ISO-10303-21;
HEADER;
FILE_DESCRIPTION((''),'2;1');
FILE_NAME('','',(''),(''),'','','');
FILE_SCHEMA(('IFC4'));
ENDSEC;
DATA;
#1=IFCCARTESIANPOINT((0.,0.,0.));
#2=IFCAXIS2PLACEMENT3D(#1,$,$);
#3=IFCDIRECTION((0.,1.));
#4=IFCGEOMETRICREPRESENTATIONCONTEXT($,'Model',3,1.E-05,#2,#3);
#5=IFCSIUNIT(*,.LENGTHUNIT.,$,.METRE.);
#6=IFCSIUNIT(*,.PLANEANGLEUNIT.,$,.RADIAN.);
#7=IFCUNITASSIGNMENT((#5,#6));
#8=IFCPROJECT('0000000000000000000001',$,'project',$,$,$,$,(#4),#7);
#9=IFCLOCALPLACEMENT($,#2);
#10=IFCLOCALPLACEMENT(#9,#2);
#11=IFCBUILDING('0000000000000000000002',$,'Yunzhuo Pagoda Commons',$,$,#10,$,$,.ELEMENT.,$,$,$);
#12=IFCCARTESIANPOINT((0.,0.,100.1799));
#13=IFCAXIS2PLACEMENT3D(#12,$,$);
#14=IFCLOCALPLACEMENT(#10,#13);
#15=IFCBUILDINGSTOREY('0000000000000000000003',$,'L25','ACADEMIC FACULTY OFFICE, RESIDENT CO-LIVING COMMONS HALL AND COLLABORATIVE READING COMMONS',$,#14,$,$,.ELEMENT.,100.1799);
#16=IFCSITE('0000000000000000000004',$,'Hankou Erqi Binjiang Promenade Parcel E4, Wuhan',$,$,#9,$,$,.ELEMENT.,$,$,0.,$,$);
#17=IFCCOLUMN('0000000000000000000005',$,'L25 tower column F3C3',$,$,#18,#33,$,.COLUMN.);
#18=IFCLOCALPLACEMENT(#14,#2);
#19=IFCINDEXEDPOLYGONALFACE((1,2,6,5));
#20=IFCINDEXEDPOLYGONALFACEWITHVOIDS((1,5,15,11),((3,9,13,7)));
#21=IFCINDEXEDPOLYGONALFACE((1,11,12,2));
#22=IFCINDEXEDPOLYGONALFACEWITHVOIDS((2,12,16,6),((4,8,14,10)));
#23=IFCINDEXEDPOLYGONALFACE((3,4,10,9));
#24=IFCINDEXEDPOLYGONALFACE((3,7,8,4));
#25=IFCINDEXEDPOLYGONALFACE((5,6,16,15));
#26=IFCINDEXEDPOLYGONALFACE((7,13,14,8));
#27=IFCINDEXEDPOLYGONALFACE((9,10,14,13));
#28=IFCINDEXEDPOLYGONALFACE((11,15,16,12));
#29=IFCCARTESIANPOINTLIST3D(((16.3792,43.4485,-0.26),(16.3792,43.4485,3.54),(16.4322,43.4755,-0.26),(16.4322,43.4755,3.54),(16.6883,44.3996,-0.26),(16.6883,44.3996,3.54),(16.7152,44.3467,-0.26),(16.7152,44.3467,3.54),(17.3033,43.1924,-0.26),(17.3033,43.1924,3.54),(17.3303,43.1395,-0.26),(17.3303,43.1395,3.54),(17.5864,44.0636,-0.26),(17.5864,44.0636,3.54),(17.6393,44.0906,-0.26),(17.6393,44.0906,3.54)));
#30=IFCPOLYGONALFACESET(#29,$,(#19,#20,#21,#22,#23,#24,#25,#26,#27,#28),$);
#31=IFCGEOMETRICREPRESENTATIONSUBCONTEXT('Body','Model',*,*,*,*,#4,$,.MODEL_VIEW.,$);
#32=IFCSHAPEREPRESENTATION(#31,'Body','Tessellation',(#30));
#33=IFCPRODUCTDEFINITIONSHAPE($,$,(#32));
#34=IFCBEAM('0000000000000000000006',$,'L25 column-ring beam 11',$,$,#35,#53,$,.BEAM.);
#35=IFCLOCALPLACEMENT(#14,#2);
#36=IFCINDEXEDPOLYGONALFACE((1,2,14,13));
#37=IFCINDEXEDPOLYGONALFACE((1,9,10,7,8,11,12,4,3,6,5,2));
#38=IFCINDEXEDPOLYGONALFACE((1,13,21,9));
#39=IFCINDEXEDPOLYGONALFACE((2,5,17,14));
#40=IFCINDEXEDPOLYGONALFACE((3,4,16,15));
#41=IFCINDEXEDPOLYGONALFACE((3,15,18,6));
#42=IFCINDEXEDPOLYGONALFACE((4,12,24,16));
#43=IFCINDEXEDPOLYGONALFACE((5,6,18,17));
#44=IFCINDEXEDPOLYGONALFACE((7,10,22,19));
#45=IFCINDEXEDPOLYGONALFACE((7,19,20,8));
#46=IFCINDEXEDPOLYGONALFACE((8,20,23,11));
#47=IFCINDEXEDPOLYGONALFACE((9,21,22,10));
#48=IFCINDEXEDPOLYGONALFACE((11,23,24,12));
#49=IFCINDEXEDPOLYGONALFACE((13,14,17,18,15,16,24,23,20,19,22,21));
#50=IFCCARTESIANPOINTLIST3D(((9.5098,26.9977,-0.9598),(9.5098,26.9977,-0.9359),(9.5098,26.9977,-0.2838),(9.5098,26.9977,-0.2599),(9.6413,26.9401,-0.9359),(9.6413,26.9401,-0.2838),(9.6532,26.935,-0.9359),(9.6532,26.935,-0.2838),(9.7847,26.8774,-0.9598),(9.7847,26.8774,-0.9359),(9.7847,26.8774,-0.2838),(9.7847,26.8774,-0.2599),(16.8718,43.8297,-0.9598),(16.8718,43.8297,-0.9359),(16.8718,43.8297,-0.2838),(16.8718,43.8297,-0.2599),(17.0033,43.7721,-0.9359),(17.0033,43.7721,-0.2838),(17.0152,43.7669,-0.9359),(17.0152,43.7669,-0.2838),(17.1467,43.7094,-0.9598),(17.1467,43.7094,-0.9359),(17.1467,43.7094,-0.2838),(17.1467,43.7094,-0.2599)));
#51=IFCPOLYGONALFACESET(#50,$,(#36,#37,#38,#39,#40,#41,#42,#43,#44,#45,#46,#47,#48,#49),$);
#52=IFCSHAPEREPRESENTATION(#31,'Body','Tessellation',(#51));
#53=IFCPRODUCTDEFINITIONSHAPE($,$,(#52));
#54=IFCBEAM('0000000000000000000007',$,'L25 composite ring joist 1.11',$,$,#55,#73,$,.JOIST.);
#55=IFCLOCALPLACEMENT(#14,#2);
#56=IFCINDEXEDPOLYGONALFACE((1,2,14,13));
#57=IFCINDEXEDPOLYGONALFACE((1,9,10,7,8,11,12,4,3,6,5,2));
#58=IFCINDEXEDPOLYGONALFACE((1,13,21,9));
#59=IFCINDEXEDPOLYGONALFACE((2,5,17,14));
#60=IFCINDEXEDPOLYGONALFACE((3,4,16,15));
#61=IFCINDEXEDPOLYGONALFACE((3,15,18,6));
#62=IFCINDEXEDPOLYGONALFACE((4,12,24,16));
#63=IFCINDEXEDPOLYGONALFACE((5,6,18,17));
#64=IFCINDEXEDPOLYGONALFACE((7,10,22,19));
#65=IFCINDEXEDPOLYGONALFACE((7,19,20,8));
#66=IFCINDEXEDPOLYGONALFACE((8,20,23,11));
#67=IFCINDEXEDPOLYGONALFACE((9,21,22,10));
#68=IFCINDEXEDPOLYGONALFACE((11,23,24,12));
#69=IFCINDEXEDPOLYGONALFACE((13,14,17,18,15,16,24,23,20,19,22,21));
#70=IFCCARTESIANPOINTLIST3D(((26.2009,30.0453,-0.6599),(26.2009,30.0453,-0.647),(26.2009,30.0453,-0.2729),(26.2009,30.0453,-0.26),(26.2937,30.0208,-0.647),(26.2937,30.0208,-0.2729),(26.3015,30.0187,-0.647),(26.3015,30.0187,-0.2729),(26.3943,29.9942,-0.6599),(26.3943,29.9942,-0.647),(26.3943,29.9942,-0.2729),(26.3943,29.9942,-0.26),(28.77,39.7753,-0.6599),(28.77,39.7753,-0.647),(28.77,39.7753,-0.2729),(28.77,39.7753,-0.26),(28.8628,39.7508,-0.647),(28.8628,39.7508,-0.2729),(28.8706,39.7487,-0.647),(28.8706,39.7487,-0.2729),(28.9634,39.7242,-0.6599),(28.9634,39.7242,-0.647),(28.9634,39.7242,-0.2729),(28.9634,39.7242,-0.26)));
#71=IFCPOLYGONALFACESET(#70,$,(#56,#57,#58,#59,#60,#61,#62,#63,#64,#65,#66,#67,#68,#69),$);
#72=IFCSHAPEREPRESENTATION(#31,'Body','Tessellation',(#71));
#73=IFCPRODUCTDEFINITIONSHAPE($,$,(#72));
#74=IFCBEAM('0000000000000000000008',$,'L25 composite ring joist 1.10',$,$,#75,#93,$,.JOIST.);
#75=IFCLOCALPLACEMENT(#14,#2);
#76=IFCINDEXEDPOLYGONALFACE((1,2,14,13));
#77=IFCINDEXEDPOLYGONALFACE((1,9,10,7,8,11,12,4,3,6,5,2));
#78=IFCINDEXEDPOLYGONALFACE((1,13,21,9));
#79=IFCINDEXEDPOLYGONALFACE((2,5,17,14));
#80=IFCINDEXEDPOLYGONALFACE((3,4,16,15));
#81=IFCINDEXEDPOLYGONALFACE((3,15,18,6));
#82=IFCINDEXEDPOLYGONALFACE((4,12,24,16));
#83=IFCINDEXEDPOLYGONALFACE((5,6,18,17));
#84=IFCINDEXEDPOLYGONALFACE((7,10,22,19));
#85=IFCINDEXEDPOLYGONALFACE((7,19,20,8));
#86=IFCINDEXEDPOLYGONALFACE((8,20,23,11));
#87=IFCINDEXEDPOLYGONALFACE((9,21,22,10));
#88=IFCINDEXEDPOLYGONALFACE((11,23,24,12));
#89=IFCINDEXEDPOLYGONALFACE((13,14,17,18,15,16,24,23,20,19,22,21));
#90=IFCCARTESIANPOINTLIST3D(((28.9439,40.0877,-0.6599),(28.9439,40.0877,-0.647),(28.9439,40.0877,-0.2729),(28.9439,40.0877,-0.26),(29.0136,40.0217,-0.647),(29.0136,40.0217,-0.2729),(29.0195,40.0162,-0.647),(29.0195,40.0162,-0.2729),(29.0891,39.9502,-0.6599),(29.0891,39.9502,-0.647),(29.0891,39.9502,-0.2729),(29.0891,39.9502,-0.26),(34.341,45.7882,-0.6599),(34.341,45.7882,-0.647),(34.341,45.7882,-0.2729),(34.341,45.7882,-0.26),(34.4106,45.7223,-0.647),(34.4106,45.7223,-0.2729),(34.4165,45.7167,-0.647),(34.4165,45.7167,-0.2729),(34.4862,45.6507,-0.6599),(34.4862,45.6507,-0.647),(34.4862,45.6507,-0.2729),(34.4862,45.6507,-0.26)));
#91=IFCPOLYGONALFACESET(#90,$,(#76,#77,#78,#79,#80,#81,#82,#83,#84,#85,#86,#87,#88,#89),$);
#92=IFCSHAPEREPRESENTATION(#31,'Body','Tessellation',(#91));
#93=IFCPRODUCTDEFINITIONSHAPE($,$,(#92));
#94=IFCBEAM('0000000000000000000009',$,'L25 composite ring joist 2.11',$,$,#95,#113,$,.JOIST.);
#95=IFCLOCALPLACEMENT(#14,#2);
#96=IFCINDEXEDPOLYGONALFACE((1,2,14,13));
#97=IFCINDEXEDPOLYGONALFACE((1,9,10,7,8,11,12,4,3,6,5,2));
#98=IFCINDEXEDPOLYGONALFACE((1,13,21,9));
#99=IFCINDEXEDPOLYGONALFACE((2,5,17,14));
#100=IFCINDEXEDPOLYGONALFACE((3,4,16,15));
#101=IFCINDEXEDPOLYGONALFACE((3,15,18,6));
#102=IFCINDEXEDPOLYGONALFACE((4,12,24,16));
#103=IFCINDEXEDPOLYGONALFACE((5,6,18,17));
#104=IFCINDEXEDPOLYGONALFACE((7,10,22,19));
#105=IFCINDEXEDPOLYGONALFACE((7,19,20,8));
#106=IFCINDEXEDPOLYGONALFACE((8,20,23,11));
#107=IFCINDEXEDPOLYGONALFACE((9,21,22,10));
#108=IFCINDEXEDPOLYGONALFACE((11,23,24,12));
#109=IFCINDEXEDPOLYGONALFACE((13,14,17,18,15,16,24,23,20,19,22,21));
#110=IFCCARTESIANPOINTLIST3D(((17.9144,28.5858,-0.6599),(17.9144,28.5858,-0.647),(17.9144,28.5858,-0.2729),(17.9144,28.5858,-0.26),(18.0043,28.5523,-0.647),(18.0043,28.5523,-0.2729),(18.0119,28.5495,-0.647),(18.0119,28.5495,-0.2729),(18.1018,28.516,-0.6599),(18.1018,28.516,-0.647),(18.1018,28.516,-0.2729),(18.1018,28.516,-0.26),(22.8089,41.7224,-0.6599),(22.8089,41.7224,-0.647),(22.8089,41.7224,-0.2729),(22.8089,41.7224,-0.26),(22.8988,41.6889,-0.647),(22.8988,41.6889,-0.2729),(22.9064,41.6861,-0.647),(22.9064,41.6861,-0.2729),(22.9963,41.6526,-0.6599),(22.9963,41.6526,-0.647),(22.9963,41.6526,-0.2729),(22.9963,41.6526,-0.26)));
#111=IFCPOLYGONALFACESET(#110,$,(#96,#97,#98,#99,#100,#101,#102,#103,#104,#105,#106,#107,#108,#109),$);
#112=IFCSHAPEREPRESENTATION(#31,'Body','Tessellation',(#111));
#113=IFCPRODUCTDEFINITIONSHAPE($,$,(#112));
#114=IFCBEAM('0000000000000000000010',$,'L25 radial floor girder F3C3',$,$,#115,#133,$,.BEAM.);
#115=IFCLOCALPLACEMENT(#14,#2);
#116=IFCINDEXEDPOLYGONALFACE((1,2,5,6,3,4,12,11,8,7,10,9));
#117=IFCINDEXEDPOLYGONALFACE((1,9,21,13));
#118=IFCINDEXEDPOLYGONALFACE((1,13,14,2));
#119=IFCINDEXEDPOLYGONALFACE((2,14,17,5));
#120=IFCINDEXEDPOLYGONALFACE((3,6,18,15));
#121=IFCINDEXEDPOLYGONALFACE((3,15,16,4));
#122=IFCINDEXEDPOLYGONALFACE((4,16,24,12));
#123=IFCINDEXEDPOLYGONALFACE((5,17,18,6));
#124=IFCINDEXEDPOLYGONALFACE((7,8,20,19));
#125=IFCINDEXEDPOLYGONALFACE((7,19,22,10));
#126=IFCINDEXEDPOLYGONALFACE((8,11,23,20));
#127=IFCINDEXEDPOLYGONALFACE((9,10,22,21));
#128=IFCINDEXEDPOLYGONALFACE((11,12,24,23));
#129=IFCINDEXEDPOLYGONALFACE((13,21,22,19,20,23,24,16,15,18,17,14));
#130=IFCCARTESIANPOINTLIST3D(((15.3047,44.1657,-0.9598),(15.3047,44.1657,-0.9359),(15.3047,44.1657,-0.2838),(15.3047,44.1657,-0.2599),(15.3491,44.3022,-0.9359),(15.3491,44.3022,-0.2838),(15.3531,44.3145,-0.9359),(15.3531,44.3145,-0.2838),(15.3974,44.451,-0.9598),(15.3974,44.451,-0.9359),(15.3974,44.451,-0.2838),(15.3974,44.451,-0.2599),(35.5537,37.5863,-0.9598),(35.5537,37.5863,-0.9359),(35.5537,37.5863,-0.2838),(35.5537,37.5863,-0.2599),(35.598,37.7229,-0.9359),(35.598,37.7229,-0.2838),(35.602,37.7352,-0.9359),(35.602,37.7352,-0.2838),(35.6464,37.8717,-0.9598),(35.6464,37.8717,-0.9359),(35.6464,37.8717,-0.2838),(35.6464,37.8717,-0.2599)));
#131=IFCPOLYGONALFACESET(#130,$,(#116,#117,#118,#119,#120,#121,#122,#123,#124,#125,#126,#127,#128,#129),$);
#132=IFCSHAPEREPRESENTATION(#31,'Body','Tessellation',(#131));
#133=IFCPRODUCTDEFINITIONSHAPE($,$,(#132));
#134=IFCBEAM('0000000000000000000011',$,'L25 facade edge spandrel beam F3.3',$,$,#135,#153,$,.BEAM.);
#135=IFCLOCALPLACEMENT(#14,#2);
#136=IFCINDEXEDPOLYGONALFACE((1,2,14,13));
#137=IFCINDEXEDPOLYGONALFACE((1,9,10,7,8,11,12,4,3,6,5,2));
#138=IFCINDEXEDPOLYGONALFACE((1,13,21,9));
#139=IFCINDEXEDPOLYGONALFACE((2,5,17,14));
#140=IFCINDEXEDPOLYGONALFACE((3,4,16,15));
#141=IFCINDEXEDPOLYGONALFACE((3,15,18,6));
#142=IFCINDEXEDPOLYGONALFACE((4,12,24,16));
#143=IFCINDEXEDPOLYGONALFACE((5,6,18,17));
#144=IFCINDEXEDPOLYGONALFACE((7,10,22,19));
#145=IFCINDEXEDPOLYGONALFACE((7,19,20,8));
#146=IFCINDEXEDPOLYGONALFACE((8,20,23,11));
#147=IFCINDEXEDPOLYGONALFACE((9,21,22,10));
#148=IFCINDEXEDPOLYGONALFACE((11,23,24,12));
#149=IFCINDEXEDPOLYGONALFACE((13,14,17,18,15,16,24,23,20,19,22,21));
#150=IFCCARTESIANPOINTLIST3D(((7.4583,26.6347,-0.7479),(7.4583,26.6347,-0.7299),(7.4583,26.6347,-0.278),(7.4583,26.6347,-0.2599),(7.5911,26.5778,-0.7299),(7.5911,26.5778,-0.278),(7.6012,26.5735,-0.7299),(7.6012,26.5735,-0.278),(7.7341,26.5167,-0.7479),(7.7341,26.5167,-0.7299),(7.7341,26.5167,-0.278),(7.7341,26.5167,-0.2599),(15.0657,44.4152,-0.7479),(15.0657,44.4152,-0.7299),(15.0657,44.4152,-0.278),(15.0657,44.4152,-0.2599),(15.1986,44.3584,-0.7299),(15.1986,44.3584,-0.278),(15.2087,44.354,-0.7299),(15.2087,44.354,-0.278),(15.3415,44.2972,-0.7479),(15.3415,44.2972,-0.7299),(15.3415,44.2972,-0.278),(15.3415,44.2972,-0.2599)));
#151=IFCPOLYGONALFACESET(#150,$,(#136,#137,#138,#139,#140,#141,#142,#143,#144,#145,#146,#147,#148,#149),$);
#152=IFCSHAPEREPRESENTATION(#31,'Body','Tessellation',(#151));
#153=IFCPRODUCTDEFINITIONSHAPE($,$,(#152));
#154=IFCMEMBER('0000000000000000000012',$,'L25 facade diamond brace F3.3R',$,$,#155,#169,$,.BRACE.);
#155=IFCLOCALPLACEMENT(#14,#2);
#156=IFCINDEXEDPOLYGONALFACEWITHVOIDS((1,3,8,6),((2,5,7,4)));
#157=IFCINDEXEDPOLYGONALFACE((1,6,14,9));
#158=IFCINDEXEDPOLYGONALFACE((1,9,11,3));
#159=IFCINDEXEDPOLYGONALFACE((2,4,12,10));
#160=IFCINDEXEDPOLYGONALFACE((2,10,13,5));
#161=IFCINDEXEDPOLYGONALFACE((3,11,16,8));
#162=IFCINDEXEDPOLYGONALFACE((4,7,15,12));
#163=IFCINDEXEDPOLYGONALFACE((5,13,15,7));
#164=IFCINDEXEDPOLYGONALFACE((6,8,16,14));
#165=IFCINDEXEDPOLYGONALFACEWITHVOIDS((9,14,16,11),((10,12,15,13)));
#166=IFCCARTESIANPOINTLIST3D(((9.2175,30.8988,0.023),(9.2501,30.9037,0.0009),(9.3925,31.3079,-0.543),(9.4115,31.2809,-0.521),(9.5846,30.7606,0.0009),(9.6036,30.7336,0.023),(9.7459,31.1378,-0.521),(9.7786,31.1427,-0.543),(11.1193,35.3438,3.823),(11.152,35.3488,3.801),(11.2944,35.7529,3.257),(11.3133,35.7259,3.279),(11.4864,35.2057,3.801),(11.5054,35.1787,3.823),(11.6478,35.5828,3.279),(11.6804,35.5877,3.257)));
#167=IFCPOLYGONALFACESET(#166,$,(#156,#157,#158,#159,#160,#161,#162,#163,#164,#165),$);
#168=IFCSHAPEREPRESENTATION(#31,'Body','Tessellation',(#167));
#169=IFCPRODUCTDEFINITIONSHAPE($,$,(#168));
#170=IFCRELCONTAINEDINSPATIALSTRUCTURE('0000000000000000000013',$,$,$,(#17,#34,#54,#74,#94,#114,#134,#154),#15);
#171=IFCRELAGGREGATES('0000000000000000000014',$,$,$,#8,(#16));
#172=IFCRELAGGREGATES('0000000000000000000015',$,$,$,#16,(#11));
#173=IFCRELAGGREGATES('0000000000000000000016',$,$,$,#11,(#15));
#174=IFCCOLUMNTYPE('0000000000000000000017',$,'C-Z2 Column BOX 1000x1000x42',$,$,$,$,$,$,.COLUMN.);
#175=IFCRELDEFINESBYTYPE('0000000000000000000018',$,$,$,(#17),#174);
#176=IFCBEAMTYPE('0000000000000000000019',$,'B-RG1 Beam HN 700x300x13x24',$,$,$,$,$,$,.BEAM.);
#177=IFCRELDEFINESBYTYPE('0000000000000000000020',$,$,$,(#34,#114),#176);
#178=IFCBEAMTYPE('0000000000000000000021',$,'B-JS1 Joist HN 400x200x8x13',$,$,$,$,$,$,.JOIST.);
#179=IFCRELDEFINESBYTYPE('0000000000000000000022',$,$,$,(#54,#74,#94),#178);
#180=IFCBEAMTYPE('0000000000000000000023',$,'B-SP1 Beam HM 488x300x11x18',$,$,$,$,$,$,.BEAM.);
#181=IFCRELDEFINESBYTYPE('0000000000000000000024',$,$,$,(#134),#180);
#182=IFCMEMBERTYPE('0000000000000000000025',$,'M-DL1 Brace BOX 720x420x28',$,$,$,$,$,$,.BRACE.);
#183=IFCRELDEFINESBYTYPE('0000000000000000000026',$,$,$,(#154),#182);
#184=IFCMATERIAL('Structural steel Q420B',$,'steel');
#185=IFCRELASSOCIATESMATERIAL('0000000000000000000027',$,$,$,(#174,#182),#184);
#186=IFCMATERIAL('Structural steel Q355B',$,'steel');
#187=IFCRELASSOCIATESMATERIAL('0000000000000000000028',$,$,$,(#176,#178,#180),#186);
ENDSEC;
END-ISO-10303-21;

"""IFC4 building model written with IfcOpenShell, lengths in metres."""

from ifc_helpers import new_model, si_unit, direction, frame, origin, origin_2d, place, context, subcontext, project, spatial, hollow_rectangle, i_section, extrude, source, transform, mapped, material, material_profile, profile_set, type_object, element, save


model = new_model("IFC4")

# Units and contexts
model_context = context("Model", 3, precision=1e-05, world=origin(), true_north=direction((0.0, 1.0)))
body_context = subcontext(model_context, "Body", "Model", "MODEL_VIEW")
ifc_project = project(units=[si_unit("LENGTHUNIT", "METRE"), si_unit("PLANEANGLEUNIT", "RADIAN")], contexts=[model_context])

# Site, building, storey
site_placement = place(None, origin())
site = spatial("IfcSite", under=ifc_project, at=site_placement, Name="Hankou Erqi Binjiang Promenade Parcel E4, Wuhan", CompositionType="ELEMENT", RefElevation=0.0)
building_placement = place(site_placement, origin())
building = spatial("IfcBuilding", under=site, at=building_placement, Name="Yunzhuo Pagoda Commons", CompositionType="ELEMENT")
storey_placement = place(building_placement, frame((0.0, 0.0, 100.1799)))
storey = spatial("IfcBuildingStorey", under=building, at=storey_placement, Name="L25", Description="ACADEMIC FACULTY OFFICE, RESIDENT CO-LIVING COMMONS HALL AND COLLABORATIVE READING COMMONS", CompositionType="ELEMENT", Elevation=100.1799)

# Column
ifc_material_1 = material(Name="Structural steel Q420B", Category="steel")
ifc_material_profile_1 = material_profile(ifc_material_1, hollow_rectangle(XDim=1.0, YDim=1.0, WallThickness=0.042, at=origin_2d()), Name="Structural steel Q420B")
ifc_profile_set_1 = profile_set([ifc_material_profile_1], Name="Structural steel Q420B")
column_type = type_object("IfcColumnType", Name="C-Z2 Column BOX 1000x1000x42", PredefinedType="COLUMN", material=ifc_profile_set_1)
shared_shape_1 = source(origin(), body_context, "Body", "SweptSolid", [
    extrude(hollow_rectangle(XDim=1.0, YDim=1.0, WallThickness=0.042, at=origin_2d()), origin(), (0.0, 0.0, 1.0), 3.8),
])
column_placement = place(storey_placement, frame((17.0093, 43.7695, -0.26), z_axis=(0.0, 0.0, 1.0), x_axis=(-0.309017, -0.951057, 0.0)))
element("IfcColumn", 1, at=column_placement, inside=storey, type_object=column_type, Name="L25 tower column F3C3", PredefinedType="COLUMN", context=body_context, shape_type="MappedRepresentation", body=[
    mapped(shared_shape_1, transform((0.0, 0.0, 0.0), scale=1.0)),
])

# Beams
ifc_material_2 = material(Name="Structural steel Q355B", Category="steel")
ifc_material_profile_2 = material_profile(ifc_material_2, i_section(OverallWidth=0.3, OverallDepth=0.7, WebThickness=0.0129, FlangeThickness=0.0239, at=origin_2d()), Name="Structural steel Q355B")
ifc_profile_set_2 = profile_set([ifc_material_profile_2], Name="Structural steel Q355B")
beam_type_1 = type_object("IfcBeamType", Name="B-RG1 Beam HN 700x300x13x24", PredefinedType="BEAM", material=ifc_profile_set_2)
shared_shape_2 = source(origin(), body_context, "Body", "SweptSolid", [
    extrude(i_section(OverallWidth=0.3, OverallDepth=0.7, WebThickness=0.0129, FlangeThickness=0.0239, at=origin_2d()), origin(), (0.0, 0.0, 1.0), 18.3716),
])
beam_1_placement = place(storey_placement, frame((17.0093, 43.7695, -0.6099), z_axis=(-0.40073, -0.916196, 0.0), x_axis=(0.916196, -0.40073, 0.0)))
element("IfcBeam", 2, at=beam_1_placement, inside=storey, type_object=beam_type_1, Name="L25 column-ring beam 11", PredefinedType="BEAM", context=body_context, shape_type="MappedRepresentation", body=[
    mapped(shared_shape_2, transform((0.0, 0.0, 0.0), scale=1.0)),
])
ifc_material_profile_3 = material_profile(ifc_material_2, i_section(OverallWidth=0.2, OverallDepth=0.3999, WebThickness=0.0081, FlangeThickness=0.0129, at=origin_2d()), Name="Structural steel Q355B")
ifc_profile_set_3 = profile_set([ifc_material_profile_3], Name="Structural steel Q355B")
beam_type_2 = type_object("IfcBeamType", Name="B-JS1 Joist HN 400x200x8x13", PredefinedType="JOIST", material=ifc_profile_set_3)
shared_shape_3 = source(origin(), body_context, "Body", "SweptSolid", [
    extrude(i_section(OverallWidth=0.2, OverallDepth=0.3999, WebThickness=0.0081, FlangeThickness=0.0129, at=origin_2d()), origin(), (0.0, 0.0, 1.0), 10.0635),
])
beam_2_placement = place(storey_placement, frame((28.8667, 39.7498, -0.46), z_axis=(-0.25529, -0.966865, 0.0), x_axis=(0.966865, -0.25529, 0.0)))
element("IfcBeam", 3, at=beam_2_placement, inside=storey, type_object=beam_type_2, Name="L25 composite ring joist 1.11", PredefinedType="JOIST", context=body_context, shape_type="MappedRepresentation", body=[
    mapped(shared_shape_3, transform((0.0, 0.0, 0.0), scale=1.0)),
])
shared_shape_4 = source(origin(), body_context, "Body", "SweptSolid", [
    extrude(i_section(OverallWidth=0.2, OverallDepth=0.3999, WebThickness=0.0081, FlangeThickness=0.0129, at=origin_2d()), origin(), (0.0, 0.0, 1.0), 7.8501),
])
beam_3_placement = place(storey_placement, frame((34.4136, 45.7195, -0.46), z_axis=(-0.687513, -0.726172, 0.0), x_axis=(0.726172, -0.687513, 0.0)))
element("IfcBeam", 4, at=beam_3_placement, inside=storey, type_object=beam_type_2, Name="L25 composite ring joist 1.10", PredefinedType="JOIST", context=body_context, shape_type="MappedRepresentation", body=[
    mapped(shared_shape_4, transform((0.0, 0.0, 0.0), scale=1.0)),
])
shared_shape_5 = source(origin(), body_context, "Body", "SweptSolid", [
    extrude(i_section(OverallWidth=0.2, OverallDepth=0.3999, WebThickness=0.0081, FlangeThickness=0.0129, at=origin_2d()), origin(), (0.0, 0.0, 1.0), 14.0188),
])
beam_4_placement = place(storey_placement, frame((22.9026, 41.6875, -0.46), z_axis=(-0.349138, -0.937071, 0.0), x_axis=(0.937071, -0.349138, 0.0)))
element("IfcBeam", 5, at=beam_4_placement, inside=storey, type_object=beam_type_2, Name="L25 composite ring joist 2.11", PredefinedType="JOIST", context=body_context, shape_type="MappedRepresentation", body=[
    mapped(shared_shape_5, transform((0.0, 0.0, 0.0), scale=1.0)),
])
shared_shape_6 = source(origin(), body_context, "Body", "SweptSolid", [
    extrude(i_section(OverallWidth=0.3, OverallDepth=0.7, WebThickness=0.0129, FlangeThickness=0.0239, at=origin_2d()), origin(), (0.0, 0.0, 1.0), 21.291),
])
beam_5_placement = place(storey_placement, frame((15.3511, 44.3083, -0.6099), z_axis=(0.951056, -0.309019, 0.0), x_axis=(0.309019, 0.951056, 0.0)))
element("IfcBeam", 6, at=beam_5_placement, inside=storey, type_object=beam_type_1, Name="L25 radial floor girder F3C3", PredefinedType="BEAM", context=body_context, shape_type="MappedRepresentation", body=[
    mapped(shared_shape_6, transform((0.0, 0.0, 0.0), scale=1.0)),
])
ifc_material_profile_4 = material_profile(ifc_material_2, i_section(OverallWidth=0.3, OverallDepth=0.488, WebThickness=0.011, FlangeThickness=0.0181, at=origin_2d()), Name="Structural steel Q355B")
ifc_profile_set_4 = profile_set([ifc_material_profile_4], Name="Structural steel Q355B")
beam_type_3 = type_object("IfcBeamType", Name="B-SP1 Beam HM 488x300x11x18", PredefinedType="BEAM", material=ifc_profile_set_4)
shared_shape_7 = source(origin(), body_context, "Body", "SweptSolid", [
    extrude(i_section(OverallWidth=0.3, OverallDepth=0.488, WebThickness=0.011, FlangeThickness=0.0181, at=origin_2d()), origin(), (0.0, 0.0, 1.0), 19.3396),
])
beam_6_placement = place(storey_placement, frame((15.2036, 44.3562, -0.5039), z_axis=(-0.39336, -0.919384, 0.0), x_axis=(0.919384, -0.39336, 0.0)))
element("IfcBeam", 7, at=beam_6_placement, inside=storey, type_object=beam_type_3, Name="L25 facade edge spandrel beam F3.3", PredefinedType="BEAM", context=body_context, shape_type="MappedRepresentation", body=[
    mapped(shared_shape_7, transform((0.0, 0.0, 0.0), scale=1.0)),
])

# Member
ifc_material_profile_5 = material_profile(ifc_material_1, hollow_rectangle(XDim=0.4199, YDim=0.72, WallThickness=0.0281, at=origin_2d()), Name="Structural steel Q420B")
ifc_profile_set_5 = profile_set([ifc_material_profile_5], Name="Structural steel Q420B")
member_type_1 = type_object("IfcMemberType", Name="M-DL1 Brace BOX 720x420x28", PredefinedType="BRACE", material=ifc_profile_set_5)
shared_shape_8 = source(origin(), body_context, "Body", "SweptSolid", [
    extrude(hollow_rectangle(XDim=0.4199, YDim=0.72, WallThickness=0.0281, at=origin_2d()), origin(), (0.0, 0.0, 1.0), 6.1494),
])
member_1_placement = place(storey_placement, frame((9.498, 31.0208, -0.26), z_axis=(0.309271, 0.722837, 0.617947), x_axis=(-0.919383, 0.393365, 0.0)))
element("IfcMember", 8, at=member_1_placement, inside=storey, type_object=member_type_1, Name="L25 facade diamond brace F3.3R", PredefinedType="BRACE", context=body_context, shape_type="MappedRepresentation", body=[
    mapped(shared_shape_8, transform((0.0, 0.0, 0.0), scale=1.0)),
])

save(model, "model.ifc")
